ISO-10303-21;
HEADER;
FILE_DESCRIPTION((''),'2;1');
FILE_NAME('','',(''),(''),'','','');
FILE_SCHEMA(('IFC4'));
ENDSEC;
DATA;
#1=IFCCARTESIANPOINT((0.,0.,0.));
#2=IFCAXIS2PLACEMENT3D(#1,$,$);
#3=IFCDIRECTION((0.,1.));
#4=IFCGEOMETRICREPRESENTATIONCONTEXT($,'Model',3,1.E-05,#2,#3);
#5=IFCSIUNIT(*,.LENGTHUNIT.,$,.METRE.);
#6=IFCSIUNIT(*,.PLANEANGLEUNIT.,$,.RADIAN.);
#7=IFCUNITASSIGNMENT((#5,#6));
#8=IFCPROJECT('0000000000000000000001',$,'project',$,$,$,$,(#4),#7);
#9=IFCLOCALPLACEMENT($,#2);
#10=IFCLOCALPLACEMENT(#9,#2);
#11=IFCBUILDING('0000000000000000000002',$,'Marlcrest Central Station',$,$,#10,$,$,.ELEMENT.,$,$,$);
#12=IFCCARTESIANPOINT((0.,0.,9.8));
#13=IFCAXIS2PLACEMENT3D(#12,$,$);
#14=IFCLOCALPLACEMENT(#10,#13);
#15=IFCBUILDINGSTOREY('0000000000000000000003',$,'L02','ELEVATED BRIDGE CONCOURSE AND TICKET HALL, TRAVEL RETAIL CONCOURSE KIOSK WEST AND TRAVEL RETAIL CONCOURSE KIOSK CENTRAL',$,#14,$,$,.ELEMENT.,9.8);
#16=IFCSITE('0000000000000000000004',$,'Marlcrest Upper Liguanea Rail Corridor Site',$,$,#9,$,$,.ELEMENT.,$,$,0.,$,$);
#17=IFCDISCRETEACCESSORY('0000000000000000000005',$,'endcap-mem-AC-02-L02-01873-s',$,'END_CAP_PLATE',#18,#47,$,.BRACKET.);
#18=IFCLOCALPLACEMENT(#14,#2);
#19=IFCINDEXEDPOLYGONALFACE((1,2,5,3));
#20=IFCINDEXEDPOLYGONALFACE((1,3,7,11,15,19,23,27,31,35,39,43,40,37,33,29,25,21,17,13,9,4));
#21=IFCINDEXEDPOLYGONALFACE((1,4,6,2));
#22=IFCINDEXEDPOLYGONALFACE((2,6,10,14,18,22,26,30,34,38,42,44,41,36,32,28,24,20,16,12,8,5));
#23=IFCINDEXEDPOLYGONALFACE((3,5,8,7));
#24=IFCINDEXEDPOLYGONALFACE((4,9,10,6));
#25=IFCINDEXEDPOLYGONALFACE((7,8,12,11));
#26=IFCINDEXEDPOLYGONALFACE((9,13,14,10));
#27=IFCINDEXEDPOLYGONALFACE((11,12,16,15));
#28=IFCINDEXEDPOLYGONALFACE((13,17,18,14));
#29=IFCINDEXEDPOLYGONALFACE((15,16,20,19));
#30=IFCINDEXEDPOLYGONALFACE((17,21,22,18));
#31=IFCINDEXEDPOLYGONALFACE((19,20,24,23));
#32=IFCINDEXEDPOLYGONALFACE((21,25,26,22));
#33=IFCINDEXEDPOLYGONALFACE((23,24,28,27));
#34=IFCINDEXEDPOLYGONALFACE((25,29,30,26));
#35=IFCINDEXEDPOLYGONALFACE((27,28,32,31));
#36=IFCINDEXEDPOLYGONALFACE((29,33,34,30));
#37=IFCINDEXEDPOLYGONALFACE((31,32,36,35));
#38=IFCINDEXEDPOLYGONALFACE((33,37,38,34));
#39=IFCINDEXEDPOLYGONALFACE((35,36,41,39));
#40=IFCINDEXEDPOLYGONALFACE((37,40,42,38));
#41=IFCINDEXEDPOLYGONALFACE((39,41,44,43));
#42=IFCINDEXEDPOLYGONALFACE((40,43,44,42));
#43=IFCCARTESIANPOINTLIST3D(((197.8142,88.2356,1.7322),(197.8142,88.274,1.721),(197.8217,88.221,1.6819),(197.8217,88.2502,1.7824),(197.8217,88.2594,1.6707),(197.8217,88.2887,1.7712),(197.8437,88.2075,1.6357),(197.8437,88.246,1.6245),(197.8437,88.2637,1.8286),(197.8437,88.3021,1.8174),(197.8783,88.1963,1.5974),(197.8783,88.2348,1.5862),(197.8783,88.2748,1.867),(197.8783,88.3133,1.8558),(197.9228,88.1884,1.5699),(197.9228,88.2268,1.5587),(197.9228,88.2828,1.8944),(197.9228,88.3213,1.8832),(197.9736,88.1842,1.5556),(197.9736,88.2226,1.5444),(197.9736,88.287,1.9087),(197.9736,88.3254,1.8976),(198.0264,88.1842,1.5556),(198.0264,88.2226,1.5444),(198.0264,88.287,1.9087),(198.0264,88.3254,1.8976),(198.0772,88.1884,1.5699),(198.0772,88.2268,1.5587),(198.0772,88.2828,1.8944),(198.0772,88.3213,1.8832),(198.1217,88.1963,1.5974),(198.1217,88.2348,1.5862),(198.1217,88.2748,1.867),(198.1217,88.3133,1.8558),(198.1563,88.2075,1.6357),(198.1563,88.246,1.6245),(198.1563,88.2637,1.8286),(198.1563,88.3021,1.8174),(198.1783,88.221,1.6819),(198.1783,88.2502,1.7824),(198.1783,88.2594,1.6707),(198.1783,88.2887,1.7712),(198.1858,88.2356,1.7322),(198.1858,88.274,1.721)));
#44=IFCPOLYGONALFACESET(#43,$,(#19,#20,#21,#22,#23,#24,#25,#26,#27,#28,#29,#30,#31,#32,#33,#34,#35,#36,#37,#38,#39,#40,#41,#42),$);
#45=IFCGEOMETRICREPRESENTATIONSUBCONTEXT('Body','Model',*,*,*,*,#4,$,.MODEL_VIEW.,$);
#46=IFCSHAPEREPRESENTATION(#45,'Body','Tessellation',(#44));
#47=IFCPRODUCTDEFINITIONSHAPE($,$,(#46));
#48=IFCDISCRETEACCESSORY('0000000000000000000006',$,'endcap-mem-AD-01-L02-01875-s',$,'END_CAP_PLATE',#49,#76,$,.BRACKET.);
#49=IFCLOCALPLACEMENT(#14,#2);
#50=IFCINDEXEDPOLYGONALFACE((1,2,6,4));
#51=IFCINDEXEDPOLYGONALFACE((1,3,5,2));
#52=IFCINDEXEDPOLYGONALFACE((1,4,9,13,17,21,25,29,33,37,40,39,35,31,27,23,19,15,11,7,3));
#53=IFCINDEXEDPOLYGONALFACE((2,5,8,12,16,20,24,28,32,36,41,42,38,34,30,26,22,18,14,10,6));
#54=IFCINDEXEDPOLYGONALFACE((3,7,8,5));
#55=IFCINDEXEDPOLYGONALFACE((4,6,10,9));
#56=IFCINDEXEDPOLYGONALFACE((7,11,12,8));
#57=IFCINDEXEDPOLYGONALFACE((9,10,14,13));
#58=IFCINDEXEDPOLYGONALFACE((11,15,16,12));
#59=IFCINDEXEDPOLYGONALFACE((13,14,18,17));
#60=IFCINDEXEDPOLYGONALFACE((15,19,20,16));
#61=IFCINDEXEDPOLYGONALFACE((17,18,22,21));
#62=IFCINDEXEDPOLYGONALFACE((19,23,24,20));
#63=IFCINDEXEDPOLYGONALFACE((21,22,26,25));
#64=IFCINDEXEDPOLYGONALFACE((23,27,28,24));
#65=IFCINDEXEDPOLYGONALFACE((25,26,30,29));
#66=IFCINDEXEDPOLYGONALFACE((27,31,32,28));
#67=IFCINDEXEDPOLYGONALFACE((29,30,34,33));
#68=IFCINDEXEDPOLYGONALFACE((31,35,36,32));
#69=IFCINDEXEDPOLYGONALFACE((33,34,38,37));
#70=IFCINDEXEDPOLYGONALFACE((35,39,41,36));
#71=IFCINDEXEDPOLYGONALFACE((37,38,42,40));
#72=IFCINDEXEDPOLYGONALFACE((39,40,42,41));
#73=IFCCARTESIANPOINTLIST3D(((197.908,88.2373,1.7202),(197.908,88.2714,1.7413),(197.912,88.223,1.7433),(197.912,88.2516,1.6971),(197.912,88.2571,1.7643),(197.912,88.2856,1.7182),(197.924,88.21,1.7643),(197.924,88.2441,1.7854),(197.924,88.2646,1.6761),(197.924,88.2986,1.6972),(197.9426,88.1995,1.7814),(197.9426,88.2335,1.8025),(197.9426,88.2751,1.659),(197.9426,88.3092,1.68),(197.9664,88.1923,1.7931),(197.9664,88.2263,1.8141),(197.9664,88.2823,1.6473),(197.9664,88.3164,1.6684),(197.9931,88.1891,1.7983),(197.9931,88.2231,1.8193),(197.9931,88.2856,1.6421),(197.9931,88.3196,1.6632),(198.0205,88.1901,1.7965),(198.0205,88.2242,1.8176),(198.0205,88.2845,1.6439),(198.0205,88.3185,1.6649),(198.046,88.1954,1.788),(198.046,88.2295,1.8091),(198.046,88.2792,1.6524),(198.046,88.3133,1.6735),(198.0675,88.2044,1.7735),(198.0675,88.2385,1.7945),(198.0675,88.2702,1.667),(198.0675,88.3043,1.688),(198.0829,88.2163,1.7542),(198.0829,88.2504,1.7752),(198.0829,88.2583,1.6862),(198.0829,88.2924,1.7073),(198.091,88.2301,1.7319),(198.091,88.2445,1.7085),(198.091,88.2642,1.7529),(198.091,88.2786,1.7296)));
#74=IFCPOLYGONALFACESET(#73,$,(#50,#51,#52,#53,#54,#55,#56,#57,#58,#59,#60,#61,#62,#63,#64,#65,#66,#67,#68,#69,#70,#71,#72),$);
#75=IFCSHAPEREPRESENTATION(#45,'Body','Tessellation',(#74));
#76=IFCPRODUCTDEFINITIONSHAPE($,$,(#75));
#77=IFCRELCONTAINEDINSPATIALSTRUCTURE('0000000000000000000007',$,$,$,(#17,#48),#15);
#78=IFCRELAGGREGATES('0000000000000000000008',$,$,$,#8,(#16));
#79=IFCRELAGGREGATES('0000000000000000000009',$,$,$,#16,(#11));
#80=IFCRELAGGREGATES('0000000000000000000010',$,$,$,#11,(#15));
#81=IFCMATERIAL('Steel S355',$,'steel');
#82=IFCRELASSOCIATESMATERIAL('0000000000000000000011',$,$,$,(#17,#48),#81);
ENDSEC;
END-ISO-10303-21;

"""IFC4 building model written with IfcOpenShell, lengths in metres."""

from ifc_helpers import new_model, si_unit, direction, frame, origin, origin_2d, place, context, subcontext, project, spatial, circle, extrude, material, element, save


model = new_model("IFC4")

# Units and contexts
model_context = context("Model", 3, precision=1e-05, world=origin(), true_north=direction((0.0, 1.0)))
body_context = subcontext(model_context, "Body", "Model", "MODEL_VIEW")
ifc_project = project(units=[si_unit("LENGTHUNIT", "METRE"), si_unit("PLANEANGLEUNIT", "RADIAN")], contexts=[model_context])

# Site, building, storey
site_placement = place(None, origin())
site = spatial("IfcSite", under=ifc_project, at=site_placement, Name="Marlcrest Upper Liguanea Rail Corridor Site", CompositionType="ELEMENT", RefElevation=0.0)
building_placement = place(site_placement, origin())
building = spatial("IfcBuilding", under=site, at=building_placement, Name="Marlcrest Central Station", CompositionType="ELEMENT")
storey_placement = place(building_placement, frame((0.0, 0.0, 9.8)))
storey = spatial("IfcBuildingStorey", under=building, at=storey_placement, Name="L02", Description="ELEVATED BRIDGE CONCOURSE AND TICKET HALL, TRAVEL RETAIL CONCOURSE KIOSK WEST AND TRAVEL RETAIL CONCOURSE KIOSK CENTRAL", CompositionType="ELEMENT", Elevation=9.8)

# Shared definitions
ifc_material_1 = material(Name="Steel S355", Category="steel")

# Discrete accessories
discrete_accessory_1_placement = place(storey_placement, frame((198.0, 88.2356, 1.7322), z_axis=(0.0, 0.96013, -0.279554), x_axis=(-1.0, 0.0, 0.0)))
element("IfcDiscreteAccessory", 1, at=discrete_accessory_1_placement, inside=storey, material=ifc_material_1, Name="endcap-mem-AC-02-L02-01873-s", ObjectType="END_CAP_PLATE", PredefinedType="BRACKET", context=body_context, shape_type="SweptSolid", body=[
    extrude(circle(Radius=0.1858, at=origin_2d()), origin(), (0.0, 0.0, 1.0), 0.04),
])
discrete_accessory_2_placement = place(storey_placement, frame((198.0, 88.2373, 1.7202), z_axis=(0.0, 0.850687, 0.525672), x_axis=(-1.0, 0.0, 0.0)))
element("IfcDiscreteAccessory", 2, at=discrete_accessory_2_placement, inside=storey, material=ifc_material_1, Name="endcap-mem-AD-01-L02-01875-s", ObjectType="END_CAP_PLATE", PredefinedType="BRACKET", context=body_context, shape_type="SweptSolid", body=[
    extrude(circle(Radius=0.092, at=origin_2d()), origin(), (0.0, 0.0, 1.0), 0.04),
])

save(model, "model.ifc")
